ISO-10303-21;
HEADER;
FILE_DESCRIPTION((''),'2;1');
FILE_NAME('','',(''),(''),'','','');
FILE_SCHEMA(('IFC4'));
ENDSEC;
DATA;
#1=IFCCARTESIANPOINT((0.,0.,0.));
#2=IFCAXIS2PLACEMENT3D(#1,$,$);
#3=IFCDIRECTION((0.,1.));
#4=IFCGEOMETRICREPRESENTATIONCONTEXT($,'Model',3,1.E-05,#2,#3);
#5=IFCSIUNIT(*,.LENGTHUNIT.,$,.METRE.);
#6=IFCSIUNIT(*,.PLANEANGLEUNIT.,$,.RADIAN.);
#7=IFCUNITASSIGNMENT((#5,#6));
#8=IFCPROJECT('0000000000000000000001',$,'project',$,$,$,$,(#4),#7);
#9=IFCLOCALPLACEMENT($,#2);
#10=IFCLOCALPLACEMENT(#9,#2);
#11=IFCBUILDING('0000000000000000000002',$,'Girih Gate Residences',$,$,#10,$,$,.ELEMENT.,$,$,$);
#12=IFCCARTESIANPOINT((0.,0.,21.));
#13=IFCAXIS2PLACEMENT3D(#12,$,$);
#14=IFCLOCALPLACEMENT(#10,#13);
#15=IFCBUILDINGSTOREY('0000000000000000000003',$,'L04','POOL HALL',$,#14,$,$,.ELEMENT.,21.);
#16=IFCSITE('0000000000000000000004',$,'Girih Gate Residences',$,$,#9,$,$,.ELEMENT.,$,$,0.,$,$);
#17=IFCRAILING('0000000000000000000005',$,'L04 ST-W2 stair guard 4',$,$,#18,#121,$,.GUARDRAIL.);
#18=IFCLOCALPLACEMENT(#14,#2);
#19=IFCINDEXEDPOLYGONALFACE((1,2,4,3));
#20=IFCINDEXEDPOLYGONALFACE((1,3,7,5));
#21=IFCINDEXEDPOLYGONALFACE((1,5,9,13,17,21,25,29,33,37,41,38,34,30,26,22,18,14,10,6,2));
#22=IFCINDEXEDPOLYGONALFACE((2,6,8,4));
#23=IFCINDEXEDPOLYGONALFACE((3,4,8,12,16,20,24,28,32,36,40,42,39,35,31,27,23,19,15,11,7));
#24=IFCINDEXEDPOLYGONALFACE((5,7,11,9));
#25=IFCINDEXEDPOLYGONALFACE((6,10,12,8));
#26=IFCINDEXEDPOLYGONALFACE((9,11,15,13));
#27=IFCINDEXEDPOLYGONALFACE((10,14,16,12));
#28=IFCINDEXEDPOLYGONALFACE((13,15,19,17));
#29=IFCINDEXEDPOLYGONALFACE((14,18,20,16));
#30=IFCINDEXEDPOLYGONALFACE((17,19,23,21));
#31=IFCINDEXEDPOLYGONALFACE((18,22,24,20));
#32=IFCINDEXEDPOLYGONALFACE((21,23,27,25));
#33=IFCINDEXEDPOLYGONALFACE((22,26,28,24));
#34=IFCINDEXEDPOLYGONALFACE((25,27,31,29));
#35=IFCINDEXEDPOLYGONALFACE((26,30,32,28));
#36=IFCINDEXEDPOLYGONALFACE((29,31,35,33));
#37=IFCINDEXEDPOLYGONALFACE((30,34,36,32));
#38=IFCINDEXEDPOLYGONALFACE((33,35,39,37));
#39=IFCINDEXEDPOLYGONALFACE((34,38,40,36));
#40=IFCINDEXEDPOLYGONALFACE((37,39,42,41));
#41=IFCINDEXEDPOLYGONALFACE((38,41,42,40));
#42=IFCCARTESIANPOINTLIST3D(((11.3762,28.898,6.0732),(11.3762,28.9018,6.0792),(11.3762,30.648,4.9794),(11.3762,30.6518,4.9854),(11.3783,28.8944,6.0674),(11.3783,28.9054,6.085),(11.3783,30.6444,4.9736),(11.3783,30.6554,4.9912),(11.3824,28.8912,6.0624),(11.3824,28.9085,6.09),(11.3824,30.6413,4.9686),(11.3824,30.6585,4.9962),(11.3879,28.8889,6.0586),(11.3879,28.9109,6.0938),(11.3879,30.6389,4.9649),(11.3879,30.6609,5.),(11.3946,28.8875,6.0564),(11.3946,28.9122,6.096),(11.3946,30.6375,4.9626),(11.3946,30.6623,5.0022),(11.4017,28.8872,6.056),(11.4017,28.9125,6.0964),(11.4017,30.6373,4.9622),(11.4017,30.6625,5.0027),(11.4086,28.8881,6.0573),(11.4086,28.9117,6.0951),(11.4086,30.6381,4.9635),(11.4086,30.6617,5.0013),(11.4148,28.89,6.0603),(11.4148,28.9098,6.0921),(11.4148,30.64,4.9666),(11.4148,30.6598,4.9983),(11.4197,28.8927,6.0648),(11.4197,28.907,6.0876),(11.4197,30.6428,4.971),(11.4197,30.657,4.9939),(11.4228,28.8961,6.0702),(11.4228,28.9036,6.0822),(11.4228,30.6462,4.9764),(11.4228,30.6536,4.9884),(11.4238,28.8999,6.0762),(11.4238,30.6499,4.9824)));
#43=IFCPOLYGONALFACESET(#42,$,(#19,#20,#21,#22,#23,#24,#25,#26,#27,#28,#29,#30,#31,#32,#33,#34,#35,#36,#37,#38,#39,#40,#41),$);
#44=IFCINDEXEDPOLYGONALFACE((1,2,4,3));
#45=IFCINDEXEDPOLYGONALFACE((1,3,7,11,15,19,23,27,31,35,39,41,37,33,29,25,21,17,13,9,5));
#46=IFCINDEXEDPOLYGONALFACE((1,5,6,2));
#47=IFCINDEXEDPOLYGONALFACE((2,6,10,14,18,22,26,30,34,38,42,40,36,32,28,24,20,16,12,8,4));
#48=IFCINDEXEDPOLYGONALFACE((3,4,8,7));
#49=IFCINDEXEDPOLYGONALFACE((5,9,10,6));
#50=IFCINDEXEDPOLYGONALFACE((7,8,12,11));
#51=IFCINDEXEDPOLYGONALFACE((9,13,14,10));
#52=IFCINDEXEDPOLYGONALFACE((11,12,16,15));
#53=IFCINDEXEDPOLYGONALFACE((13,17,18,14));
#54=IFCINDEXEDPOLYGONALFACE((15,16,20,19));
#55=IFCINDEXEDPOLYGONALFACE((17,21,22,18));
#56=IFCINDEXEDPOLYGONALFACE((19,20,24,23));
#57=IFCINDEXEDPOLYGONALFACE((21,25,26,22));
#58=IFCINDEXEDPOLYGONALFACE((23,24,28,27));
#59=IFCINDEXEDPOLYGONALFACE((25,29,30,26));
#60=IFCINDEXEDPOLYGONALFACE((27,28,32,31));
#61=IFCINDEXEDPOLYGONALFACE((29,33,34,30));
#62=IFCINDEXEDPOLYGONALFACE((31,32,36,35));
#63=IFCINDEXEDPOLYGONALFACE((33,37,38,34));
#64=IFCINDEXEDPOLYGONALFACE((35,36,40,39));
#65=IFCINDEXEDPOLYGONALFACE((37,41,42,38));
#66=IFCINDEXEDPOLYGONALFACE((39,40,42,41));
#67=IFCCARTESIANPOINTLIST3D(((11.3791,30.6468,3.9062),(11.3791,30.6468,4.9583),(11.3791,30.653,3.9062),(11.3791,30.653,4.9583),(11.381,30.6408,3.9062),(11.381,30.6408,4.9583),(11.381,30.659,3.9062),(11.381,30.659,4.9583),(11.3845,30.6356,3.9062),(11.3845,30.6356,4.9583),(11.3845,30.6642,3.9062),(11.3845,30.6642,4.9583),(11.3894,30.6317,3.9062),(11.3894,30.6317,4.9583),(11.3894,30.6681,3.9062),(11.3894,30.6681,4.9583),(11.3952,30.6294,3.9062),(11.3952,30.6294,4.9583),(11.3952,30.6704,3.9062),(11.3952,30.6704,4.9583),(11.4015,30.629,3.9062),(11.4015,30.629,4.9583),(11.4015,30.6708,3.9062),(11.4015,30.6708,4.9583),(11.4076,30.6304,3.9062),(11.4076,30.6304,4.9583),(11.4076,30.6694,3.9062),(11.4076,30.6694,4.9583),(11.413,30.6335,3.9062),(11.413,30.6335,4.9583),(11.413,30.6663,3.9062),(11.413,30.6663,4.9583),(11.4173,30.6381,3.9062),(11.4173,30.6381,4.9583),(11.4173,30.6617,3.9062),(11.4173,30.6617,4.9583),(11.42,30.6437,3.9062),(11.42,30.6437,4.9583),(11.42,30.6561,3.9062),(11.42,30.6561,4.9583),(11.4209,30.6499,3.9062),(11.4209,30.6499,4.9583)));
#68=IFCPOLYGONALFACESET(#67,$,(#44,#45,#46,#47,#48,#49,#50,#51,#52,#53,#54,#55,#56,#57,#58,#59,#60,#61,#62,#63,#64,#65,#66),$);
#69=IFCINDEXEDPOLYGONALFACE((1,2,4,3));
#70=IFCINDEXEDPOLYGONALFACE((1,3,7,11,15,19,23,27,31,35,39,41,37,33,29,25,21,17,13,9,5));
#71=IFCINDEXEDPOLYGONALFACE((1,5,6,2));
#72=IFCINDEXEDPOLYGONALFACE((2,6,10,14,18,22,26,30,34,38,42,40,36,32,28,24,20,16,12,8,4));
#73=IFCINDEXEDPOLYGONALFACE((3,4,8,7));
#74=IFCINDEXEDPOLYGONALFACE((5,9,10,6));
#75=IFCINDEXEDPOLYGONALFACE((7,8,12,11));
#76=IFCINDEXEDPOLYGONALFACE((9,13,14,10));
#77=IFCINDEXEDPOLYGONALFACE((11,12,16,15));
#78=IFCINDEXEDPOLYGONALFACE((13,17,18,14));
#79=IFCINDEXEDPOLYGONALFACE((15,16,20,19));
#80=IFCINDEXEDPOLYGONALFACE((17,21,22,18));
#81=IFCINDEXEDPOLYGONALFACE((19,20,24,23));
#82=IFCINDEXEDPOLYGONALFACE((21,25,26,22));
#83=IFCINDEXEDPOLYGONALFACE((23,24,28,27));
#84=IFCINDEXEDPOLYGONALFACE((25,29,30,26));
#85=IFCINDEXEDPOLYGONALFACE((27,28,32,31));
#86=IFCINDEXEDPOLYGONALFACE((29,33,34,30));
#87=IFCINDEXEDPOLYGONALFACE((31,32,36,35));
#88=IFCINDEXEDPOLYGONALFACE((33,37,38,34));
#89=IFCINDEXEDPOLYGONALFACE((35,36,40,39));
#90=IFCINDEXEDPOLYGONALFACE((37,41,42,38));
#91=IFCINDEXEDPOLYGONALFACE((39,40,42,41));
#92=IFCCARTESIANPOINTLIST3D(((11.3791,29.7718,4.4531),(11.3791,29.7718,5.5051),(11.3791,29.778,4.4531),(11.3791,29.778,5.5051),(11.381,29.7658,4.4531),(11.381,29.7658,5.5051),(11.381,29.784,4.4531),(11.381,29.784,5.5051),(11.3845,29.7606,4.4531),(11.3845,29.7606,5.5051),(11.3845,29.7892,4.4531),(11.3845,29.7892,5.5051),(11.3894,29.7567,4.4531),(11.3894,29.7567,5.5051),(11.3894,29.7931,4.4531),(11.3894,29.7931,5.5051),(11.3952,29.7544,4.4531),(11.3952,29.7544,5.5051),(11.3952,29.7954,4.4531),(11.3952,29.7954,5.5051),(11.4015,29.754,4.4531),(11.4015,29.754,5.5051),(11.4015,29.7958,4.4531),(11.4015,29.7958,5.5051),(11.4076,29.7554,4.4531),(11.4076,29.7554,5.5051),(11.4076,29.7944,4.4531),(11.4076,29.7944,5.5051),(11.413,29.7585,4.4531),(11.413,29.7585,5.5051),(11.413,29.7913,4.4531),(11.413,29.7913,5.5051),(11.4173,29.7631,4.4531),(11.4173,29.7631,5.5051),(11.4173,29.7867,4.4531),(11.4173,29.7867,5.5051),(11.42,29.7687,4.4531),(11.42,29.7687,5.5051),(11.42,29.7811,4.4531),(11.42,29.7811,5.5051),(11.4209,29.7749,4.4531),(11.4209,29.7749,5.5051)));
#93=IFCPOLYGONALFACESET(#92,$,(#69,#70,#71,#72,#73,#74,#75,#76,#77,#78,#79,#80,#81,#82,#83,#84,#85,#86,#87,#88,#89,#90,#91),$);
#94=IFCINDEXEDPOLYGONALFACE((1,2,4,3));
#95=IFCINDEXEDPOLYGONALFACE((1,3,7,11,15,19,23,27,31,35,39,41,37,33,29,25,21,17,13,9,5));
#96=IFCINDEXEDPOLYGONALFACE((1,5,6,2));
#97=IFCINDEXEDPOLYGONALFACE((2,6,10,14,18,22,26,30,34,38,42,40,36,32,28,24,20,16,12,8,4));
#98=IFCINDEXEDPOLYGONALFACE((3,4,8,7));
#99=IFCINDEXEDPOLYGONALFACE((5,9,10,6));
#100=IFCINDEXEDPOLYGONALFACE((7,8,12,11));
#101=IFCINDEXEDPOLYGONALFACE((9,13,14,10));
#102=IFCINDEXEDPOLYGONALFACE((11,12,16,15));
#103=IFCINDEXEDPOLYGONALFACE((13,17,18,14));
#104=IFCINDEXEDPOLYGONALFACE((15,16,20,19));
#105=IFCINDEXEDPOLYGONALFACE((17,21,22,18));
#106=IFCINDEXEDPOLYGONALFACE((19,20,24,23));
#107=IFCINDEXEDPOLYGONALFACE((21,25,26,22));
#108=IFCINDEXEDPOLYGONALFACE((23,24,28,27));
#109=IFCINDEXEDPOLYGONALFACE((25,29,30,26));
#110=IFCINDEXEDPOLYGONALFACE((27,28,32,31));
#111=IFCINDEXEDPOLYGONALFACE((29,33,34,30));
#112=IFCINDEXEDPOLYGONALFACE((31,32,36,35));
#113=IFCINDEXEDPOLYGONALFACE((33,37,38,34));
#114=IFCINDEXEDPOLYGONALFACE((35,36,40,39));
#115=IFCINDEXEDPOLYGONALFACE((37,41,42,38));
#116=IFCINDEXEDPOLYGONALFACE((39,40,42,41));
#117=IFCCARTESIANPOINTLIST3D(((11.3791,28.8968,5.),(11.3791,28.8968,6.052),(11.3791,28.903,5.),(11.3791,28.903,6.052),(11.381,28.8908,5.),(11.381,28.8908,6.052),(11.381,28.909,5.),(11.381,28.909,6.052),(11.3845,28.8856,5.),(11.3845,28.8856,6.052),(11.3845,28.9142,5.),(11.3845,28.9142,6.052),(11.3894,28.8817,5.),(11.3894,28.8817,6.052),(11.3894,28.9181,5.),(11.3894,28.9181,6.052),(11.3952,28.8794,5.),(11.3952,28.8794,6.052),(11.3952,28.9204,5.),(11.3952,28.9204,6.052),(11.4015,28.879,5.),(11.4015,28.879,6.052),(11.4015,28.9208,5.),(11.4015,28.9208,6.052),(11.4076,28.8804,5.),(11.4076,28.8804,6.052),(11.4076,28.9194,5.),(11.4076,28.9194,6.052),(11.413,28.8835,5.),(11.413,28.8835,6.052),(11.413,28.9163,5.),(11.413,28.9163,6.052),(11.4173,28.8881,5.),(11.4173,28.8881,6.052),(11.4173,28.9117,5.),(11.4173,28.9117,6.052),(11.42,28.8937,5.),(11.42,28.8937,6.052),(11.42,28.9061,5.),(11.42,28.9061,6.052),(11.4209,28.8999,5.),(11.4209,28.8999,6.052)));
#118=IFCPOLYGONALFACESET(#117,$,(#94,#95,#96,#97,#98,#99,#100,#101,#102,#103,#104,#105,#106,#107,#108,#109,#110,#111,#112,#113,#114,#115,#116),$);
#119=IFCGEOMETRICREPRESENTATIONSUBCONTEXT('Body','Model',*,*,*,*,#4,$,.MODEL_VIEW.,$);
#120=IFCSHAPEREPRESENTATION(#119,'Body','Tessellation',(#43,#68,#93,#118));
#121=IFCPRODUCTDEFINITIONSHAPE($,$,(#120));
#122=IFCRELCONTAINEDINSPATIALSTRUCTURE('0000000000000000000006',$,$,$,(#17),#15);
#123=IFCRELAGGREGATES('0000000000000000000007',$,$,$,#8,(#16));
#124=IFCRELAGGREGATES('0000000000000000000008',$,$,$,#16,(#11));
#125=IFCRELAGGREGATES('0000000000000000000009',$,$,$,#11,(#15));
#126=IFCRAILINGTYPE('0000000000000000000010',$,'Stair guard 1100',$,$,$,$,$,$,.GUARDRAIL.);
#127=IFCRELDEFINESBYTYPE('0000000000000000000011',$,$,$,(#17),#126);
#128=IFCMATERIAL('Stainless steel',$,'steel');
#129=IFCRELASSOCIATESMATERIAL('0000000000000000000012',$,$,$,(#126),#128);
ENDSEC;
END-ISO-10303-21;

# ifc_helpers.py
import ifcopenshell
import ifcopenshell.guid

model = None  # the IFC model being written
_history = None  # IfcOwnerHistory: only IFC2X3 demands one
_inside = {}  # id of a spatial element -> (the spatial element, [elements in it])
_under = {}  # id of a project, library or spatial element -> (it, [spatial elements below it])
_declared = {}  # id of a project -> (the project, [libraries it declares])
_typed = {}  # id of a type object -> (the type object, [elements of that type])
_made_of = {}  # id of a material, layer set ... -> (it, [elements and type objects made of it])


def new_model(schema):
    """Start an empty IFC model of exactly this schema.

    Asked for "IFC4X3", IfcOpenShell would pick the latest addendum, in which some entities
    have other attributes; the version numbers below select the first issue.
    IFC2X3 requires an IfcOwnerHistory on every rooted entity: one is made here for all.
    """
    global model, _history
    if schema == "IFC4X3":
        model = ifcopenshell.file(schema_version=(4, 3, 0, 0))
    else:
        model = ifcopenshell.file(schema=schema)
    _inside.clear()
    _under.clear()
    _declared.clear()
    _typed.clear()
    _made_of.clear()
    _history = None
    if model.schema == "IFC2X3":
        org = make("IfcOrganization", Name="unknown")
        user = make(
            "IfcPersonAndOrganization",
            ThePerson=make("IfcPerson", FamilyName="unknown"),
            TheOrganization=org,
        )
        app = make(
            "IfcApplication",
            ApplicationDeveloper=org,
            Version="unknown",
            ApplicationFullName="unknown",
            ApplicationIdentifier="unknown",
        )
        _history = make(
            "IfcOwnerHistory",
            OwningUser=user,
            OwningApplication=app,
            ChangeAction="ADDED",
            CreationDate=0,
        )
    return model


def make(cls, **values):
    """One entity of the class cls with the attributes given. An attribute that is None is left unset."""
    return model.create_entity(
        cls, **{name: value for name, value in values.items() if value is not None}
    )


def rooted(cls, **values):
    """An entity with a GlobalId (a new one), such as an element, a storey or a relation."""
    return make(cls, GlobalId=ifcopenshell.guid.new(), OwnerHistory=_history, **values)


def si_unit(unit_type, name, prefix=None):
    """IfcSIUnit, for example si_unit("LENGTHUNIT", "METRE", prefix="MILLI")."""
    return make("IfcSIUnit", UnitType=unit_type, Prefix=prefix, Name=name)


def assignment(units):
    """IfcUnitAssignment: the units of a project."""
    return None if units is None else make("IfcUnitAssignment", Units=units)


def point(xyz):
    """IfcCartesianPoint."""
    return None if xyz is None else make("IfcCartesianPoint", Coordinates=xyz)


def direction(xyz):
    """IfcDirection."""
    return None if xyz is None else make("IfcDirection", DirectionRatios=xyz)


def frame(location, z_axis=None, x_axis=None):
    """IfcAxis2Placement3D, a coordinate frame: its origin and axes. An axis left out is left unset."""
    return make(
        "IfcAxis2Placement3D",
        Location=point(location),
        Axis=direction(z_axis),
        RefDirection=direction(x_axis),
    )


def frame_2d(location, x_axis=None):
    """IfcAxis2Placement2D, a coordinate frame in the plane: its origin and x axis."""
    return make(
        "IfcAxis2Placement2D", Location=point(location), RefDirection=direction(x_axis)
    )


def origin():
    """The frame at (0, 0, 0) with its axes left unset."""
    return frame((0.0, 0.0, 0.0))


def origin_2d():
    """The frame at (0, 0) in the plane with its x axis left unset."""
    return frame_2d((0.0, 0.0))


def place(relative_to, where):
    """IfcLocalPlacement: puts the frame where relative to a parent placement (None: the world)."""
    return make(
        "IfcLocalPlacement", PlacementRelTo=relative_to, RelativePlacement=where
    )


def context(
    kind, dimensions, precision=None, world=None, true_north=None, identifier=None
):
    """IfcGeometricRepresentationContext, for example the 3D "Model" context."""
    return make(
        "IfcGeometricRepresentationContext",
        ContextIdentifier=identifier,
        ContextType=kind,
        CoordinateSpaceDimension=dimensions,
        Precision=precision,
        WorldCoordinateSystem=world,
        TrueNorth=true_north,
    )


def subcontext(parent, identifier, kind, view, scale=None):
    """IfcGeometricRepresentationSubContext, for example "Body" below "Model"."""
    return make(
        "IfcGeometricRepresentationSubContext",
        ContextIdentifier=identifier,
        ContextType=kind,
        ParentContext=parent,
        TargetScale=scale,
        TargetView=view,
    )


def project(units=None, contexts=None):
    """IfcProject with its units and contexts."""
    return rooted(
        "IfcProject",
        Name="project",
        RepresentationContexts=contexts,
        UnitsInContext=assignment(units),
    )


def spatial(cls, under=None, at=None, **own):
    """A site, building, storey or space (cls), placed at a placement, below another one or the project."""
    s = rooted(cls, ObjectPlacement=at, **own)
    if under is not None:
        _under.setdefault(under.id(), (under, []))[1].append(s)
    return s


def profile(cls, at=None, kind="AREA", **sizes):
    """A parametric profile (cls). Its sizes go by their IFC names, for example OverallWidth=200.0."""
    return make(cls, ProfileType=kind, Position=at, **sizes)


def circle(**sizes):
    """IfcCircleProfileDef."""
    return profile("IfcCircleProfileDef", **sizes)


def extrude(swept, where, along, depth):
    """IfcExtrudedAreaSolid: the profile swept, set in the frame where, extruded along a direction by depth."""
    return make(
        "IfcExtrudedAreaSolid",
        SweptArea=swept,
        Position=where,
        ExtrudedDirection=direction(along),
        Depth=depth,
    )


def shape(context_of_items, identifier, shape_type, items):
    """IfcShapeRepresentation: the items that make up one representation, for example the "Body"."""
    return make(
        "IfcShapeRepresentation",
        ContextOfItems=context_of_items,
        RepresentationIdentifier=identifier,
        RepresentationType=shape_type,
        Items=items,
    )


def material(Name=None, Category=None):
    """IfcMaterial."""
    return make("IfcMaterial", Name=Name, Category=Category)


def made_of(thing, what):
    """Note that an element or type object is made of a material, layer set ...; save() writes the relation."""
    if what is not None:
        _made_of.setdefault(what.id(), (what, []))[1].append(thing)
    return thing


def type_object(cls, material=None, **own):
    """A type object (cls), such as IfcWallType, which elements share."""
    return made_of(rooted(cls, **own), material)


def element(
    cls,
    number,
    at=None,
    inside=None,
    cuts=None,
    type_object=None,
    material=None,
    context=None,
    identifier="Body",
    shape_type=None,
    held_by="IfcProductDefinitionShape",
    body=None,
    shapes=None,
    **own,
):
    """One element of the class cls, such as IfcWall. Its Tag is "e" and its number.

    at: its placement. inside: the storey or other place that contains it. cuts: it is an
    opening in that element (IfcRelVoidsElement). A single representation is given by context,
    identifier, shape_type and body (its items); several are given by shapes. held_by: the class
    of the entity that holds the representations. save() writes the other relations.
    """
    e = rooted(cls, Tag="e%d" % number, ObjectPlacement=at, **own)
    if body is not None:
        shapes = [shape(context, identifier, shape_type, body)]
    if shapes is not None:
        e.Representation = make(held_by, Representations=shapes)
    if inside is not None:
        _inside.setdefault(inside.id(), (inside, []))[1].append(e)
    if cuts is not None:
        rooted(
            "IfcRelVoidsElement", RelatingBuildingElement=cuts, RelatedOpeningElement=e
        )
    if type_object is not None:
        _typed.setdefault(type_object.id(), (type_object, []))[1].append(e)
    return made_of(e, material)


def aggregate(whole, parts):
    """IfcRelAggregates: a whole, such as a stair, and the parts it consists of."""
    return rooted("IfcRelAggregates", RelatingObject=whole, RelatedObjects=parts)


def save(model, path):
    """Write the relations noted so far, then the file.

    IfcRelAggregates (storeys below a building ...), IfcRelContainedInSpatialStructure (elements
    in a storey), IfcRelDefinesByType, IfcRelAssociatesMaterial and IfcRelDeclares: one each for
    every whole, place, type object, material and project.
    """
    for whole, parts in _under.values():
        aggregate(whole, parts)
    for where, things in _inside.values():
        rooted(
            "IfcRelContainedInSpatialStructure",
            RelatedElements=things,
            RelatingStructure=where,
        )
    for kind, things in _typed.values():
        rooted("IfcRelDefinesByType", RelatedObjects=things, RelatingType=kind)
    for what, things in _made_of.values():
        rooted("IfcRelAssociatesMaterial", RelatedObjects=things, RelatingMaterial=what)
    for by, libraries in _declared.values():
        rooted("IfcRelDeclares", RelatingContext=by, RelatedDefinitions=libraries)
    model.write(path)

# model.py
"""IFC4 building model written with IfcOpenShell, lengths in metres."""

from ifc_helpers import new_model, si_unit, direction, frame, origin, origin_2d, place, context, subcontext, project, spatial, circle, extrude, material, type_object, element, save


model = new_model("IFC4")

# Units and contexts
model_context = context("Model", 3, precision=1e-05, world=origin(), true_north=direction((0.0, 1.0)))
body_context = subcontext(model_context, "Body", "Model", "MODEL_VIEW")
ifc_project = project(units=[si_unit("LENGTHUNIT", "METRE"), si_unit("PLANEANGLEUNIT", "RADIAN")], contexts=[model_context])

# Site, building, storey
site_placement = place(None, origin())
site = spatial("IfcSite", under=ifc_project, at=site_placement, Name="Girih Gate Residences", CompositionType="ELEMENT", RefElevation=0.0)
building_placement = place(site_placement, origin())
building = spatial("IfcBuilding", under=site, at=building_placement, Name="Girih Gate Residences", CompositionType="ELEMENT")
storey_placement = place(building_placement, frame((0.0, 0.0, 21.0)))
storey = spatial("IfcBuildingStorey", under=building, at=storey_placement, Name="L04", Description="POOL HALL", CompositionType="ELEMENT", Elevation=21.0)

# Railing
ifc_material_1 = material(Name="Stainless steel", Category="steel")
railing_type_1 = type_object("IfcRailingType", Name="Stair guard 1100", PredefinedType="GUARDRAIL", material=ifc_material_1)
railing_1_placement = place(storey_placement, frame((11.3999, 30.6499, 3.9062)))
element("IfcRailing", 1, at=railing_1_placement, inside=storey, type_object=railing_type_1, Name="L04 ST-W2 stair guard 4", PredefinedType="GUARDRAIL", context=body_context, shape_type="SweptSolid", body=[
    extrude(circle(Radius=0.0239, at=origin_2d()), frame((0.0, 0.0, 1.0762), z_axis=(0.0, -0.847998, 0.529999), x_axis=(1.0, 0.0, 0.0)), (0.0, 0.0, 1.0), 2.0637),
    extrude(circle(Radius=0.021, at=origin_2d()), origin(), (0.0, 0.0, 1.0), 1.052),
    extrude(circle(Radius=0.021, at=origin_2d()), frame((0.0, -0.875, 0.5469)), (0.0, 0.0, 1.0), 1.052),
    extrude(circle(Radius=0.021, at=origin_2d()), frame((0.0, -1.75, 1.0938)), (0.0, 0.0, 1.0), 1.052),
])

save(model, "model.ifc")
